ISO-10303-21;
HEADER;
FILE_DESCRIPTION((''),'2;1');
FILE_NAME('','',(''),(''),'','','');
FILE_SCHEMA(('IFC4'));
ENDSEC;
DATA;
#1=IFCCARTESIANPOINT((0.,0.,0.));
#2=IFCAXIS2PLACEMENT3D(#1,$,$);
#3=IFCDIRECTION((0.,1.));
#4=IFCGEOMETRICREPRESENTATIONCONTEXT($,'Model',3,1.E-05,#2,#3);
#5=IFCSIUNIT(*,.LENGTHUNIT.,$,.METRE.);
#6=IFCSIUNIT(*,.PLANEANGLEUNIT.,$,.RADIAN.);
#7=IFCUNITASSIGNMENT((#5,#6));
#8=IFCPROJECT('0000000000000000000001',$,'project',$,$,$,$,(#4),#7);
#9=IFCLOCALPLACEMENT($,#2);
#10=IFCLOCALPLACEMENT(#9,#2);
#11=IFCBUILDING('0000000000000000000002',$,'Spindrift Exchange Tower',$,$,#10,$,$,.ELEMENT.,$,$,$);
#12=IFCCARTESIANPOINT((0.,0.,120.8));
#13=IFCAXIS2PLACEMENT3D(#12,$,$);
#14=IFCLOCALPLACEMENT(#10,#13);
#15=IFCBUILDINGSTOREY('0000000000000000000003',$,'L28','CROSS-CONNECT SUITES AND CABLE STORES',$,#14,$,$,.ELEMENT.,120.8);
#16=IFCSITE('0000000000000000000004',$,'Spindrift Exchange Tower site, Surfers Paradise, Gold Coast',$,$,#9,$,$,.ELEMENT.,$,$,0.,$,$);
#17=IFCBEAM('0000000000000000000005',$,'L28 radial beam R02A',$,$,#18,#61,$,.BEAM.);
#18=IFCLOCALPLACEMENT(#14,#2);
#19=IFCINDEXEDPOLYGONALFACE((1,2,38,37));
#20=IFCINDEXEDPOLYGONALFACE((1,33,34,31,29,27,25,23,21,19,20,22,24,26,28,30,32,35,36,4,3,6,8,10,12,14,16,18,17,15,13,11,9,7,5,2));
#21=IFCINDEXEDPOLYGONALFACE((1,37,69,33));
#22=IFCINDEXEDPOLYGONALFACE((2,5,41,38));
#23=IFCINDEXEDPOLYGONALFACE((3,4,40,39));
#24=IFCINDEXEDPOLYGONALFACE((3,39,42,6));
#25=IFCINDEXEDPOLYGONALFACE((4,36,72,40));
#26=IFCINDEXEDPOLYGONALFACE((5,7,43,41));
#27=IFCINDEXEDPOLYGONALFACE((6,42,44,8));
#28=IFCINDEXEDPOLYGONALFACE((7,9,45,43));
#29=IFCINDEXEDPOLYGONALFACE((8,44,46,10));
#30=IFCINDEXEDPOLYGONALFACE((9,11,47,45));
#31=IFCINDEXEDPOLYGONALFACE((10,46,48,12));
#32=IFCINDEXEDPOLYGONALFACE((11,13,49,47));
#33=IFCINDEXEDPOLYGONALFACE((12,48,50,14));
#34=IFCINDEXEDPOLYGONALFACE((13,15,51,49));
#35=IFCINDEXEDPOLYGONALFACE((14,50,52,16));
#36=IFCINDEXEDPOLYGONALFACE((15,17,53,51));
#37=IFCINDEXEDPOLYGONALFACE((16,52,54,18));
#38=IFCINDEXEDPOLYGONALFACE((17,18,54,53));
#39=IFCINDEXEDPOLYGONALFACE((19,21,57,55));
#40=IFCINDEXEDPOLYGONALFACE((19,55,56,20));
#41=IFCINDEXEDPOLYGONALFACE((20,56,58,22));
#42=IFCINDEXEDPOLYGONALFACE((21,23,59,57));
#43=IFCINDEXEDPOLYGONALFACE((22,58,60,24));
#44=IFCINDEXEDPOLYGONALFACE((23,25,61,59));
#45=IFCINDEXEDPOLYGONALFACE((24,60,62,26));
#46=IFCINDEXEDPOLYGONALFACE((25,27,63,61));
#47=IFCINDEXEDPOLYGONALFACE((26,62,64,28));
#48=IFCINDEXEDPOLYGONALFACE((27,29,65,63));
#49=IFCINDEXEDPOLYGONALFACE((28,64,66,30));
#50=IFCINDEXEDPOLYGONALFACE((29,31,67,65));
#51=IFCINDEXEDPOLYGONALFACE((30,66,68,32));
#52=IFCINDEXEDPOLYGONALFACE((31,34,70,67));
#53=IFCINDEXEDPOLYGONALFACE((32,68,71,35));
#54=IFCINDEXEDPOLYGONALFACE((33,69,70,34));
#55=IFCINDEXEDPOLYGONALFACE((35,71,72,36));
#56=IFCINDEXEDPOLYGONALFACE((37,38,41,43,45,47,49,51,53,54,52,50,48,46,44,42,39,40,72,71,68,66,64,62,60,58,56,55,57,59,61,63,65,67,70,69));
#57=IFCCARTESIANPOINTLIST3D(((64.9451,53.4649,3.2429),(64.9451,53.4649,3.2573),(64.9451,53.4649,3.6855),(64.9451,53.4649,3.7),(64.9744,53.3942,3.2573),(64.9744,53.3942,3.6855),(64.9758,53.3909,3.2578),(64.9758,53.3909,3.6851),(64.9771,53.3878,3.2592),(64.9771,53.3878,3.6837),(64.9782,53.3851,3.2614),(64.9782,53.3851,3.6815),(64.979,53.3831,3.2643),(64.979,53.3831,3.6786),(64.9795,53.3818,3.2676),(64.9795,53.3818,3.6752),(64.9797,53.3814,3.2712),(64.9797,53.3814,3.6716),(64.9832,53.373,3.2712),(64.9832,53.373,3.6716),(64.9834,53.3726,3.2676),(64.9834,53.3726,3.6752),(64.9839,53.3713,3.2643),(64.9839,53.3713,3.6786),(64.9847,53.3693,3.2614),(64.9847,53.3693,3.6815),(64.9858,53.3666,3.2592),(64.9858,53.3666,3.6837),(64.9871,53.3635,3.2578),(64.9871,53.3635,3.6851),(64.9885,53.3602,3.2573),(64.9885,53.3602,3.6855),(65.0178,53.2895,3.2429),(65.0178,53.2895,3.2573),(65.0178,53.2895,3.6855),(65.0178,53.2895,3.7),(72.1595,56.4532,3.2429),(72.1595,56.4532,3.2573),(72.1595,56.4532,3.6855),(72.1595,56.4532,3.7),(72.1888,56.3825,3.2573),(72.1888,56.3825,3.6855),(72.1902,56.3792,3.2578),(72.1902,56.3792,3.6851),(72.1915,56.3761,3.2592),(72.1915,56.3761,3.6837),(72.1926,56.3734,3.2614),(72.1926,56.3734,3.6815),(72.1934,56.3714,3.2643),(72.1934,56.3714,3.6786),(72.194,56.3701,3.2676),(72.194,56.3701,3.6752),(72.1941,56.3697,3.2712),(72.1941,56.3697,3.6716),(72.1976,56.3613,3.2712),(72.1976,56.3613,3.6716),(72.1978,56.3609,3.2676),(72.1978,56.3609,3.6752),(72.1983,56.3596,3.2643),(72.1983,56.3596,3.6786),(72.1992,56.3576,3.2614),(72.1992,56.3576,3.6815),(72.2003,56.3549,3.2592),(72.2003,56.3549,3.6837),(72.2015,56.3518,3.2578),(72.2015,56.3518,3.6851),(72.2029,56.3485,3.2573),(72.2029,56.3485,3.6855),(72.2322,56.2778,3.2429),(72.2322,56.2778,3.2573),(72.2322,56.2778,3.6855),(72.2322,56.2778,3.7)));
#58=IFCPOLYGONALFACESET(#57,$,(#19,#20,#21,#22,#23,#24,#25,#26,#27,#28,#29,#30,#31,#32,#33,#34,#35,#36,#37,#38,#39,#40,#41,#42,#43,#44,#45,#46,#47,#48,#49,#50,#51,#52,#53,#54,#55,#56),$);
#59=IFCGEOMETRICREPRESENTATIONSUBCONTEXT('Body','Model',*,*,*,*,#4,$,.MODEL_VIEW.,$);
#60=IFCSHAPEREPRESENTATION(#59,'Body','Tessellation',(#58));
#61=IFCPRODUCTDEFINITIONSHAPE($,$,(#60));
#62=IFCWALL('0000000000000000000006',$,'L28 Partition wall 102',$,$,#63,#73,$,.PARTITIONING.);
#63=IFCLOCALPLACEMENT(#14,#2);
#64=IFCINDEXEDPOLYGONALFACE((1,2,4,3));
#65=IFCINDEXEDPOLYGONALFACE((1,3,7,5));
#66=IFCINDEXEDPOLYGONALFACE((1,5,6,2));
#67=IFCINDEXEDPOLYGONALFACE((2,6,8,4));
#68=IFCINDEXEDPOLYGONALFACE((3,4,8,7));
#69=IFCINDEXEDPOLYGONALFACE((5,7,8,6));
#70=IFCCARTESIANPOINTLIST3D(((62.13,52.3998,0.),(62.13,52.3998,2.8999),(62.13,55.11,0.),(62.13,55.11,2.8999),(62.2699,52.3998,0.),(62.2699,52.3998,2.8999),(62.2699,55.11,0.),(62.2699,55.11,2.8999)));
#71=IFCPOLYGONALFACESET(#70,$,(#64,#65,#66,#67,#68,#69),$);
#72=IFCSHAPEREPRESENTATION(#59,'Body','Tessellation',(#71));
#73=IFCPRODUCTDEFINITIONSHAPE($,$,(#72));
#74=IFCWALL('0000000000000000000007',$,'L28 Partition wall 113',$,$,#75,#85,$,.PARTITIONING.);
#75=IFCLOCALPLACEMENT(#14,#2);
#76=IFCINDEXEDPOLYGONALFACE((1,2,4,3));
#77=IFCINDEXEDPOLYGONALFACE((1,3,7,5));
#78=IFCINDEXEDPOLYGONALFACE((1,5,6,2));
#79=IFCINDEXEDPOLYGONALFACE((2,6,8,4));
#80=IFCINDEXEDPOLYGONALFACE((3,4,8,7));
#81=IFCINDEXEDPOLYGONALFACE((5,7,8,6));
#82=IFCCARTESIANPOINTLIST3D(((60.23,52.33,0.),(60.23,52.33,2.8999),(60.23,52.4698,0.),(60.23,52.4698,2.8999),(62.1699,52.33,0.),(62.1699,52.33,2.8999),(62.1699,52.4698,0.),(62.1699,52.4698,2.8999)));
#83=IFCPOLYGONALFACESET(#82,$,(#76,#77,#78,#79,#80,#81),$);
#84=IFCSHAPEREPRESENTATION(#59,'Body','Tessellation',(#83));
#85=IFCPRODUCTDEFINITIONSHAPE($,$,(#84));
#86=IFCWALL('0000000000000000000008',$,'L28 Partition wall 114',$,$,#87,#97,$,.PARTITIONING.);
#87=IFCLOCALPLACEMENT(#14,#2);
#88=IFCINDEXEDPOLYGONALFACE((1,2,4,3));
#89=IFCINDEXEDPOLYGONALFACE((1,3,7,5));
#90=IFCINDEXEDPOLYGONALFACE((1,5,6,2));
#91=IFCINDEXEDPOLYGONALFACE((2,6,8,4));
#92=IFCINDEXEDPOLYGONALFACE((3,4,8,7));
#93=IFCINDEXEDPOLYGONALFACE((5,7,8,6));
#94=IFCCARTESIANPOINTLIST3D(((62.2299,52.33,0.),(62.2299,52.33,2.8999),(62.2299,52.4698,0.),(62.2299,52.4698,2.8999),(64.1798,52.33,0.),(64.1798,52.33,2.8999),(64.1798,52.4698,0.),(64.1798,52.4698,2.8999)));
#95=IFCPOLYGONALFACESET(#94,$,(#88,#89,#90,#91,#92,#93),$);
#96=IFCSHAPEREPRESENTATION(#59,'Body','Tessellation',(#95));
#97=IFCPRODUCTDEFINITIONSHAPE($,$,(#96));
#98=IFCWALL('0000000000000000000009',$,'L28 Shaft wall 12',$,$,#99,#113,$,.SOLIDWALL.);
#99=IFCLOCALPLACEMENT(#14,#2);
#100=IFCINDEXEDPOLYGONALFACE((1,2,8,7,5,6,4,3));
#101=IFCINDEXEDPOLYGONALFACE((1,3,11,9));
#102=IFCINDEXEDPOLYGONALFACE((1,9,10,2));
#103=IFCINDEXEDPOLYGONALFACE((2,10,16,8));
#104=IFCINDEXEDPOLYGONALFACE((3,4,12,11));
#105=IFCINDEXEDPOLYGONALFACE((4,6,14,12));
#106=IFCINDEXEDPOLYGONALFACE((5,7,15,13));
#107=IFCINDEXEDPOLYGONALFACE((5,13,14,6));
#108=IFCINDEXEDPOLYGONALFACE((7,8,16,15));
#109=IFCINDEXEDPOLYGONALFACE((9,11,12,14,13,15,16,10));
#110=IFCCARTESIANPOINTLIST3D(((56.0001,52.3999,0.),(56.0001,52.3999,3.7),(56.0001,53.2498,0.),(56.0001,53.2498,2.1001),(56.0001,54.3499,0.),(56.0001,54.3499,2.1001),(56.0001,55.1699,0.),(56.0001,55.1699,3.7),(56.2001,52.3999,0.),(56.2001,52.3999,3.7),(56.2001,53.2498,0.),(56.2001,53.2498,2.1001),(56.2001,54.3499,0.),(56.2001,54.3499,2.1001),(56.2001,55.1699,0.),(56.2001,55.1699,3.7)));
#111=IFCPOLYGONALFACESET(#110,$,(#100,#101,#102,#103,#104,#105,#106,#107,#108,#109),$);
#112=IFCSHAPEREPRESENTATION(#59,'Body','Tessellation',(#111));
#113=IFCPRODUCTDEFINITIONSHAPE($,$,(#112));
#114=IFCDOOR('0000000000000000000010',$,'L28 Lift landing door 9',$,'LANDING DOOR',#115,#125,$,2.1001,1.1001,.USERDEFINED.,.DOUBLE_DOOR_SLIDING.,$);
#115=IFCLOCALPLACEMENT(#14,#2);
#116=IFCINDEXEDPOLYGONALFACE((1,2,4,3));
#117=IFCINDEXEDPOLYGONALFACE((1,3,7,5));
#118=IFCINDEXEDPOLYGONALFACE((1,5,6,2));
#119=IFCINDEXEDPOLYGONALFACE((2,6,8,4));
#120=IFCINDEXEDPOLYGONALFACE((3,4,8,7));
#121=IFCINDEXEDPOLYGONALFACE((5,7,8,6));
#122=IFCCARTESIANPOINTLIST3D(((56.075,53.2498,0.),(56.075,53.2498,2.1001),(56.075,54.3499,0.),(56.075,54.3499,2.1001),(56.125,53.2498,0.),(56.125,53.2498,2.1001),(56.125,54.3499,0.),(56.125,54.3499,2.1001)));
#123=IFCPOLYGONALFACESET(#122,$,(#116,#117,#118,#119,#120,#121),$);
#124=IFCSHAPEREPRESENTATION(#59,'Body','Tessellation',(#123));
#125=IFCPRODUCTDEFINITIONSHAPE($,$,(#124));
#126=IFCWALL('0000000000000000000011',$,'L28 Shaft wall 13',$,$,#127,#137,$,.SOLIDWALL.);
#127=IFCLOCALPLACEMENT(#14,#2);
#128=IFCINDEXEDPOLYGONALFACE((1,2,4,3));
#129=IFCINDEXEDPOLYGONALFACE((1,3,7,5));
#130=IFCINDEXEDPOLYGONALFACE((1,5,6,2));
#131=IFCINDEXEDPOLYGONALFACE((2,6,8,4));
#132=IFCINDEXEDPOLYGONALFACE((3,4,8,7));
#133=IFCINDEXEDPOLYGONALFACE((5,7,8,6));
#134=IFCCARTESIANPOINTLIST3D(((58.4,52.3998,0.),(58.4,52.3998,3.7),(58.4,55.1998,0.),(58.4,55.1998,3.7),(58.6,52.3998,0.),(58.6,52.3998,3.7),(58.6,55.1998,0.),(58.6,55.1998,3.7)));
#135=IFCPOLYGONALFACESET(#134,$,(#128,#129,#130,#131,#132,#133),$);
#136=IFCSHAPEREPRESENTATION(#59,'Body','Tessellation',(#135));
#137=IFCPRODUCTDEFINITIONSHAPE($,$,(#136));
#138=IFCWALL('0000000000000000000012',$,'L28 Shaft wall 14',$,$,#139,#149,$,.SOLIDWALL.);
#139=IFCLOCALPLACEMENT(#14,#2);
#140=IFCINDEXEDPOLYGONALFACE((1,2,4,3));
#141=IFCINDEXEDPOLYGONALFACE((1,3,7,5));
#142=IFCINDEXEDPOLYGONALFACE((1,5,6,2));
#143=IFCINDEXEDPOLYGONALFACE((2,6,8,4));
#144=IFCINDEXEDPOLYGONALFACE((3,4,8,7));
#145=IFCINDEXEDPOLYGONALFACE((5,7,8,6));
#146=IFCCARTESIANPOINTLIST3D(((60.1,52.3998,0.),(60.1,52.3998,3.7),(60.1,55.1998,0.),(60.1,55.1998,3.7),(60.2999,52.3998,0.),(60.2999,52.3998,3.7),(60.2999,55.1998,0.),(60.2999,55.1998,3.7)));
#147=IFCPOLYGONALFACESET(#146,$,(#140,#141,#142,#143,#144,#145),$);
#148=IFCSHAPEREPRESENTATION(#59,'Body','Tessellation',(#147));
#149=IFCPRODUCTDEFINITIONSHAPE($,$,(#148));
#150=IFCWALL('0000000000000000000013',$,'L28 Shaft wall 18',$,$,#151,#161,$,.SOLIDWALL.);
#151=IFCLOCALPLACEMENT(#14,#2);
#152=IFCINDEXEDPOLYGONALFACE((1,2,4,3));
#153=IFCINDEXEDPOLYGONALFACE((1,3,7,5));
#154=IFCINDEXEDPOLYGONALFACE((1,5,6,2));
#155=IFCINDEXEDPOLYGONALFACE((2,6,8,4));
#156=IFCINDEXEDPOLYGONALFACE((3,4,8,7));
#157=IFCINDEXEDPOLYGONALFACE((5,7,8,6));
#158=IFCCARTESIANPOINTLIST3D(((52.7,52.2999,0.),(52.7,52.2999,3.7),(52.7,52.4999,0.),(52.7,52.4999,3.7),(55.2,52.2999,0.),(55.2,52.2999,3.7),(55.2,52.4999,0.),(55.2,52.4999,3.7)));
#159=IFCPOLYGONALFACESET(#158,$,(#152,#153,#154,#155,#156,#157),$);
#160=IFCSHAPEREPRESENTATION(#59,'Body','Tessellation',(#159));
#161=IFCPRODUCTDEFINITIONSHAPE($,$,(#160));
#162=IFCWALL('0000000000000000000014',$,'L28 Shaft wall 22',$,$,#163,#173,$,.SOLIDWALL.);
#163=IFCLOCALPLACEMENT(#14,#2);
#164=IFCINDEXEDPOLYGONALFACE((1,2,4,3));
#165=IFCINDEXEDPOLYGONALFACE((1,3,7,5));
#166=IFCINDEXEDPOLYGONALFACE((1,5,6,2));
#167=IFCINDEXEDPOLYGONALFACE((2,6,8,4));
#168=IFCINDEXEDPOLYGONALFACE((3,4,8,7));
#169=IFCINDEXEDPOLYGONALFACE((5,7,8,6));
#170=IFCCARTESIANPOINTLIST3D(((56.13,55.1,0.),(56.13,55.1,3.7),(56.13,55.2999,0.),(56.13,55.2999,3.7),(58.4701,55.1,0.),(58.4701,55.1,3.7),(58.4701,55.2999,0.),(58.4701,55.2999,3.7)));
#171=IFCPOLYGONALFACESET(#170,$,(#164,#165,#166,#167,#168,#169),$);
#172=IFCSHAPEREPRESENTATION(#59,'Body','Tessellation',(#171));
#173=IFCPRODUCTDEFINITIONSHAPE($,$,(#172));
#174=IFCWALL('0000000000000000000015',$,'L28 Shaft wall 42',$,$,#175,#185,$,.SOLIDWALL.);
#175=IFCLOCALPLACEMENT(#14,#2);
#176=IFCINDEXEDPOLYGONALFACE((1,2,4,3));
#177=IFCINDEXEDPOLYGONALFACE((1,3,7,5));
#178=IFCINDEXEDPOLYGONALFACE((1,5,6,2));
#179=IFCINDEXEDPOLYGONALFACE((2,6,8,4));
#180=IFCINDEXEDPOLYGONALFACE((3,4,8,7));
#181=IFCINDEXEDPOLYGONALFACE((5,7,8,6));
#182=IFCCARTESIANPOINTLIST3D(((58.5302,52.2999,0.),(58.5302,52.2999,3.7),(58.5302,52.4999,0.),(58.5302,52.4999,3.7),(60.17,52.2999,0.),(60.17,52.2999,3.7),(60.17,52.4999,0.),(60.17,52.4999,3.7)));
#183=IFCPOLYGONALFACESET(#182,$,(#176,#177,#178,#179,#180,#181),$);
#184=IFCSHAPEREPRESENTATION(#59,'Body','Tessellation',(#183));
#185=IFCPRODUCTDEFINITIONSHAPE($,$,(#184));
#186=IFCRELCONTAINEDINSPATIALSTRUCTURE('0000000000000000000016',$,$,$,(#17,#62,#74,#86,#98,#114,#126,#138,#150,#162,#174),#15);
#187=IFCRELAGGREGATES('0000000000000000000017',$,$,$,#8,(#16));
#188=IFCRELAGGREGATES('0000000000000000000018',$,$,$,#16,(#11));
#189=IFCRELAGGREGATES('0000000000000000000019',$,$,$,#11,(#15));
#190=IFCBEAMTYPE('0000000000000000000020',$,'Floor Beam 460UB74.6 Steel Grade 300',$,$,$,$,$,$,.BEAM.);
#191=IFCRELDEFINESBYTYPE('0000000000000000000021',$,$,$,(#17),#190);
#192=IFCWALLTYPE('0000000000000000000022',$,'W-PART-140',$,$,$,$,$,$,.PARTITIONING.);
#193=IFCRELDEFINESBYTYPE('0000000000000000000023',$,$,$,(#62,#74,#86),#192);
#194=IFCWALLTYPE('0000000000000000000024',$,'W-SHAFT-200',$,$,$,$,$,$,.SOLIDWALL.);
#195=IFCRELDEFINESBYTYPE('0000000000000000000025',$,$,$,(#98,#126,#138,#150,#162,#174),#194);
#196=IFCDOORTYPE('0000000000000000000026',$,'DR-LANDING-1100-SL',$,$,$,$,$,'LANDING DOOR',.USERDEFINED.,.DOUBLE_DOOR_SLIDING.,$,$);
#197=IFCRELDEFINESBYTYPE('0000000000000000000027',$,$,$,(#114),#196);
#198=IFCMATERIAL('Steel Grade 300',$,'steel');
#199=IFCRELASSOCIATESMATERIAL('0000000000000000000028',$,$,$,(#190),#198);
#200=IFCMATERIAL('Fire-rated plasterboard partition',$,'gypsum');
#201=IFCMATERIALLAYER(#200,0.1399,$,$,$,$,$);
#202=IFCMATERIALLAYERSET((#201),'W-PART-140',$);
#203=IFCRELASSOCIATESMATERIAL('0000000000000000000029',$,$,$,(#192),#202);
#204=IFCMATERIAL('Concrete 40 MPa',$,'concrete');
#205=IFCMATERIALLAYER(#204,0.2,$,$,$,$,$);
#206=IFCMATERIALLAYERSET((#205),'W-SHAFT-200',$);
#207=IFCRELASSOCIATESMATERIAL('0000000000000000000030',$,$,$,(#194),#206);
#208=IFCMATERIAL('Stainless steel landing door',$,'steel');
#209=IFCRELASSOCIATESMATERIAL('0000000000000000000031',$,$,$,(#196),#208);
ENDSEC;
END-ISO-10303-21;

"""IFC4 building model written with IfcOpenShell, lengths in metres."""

from ifc_helpers import new_model, si_unit, direction, frame, frame_2d, origin, origin_2d, place, context, subcontext, project, spatial, rectangle, i_section, extrude, source, transform, mapped, material, layer, layer_set, material_profile, profile_set, type_object, element, fill, save


model = new_model("IFC4")

# Units and contexts
model_context = context("Model", 3, precision=1e-05, world=origin(), true_north=direction((0.0, 1.0)))
body_context = subcontext(model_context, "Body", "Model", "MODEL_VIEW")
ifc_project = project(units=[si_unit("LENGTHUNIT", "METRE"), si_unit("PLANEANGLEUNIT", "RADIAN")], contexts=[model_context])

# Site, building, storey
site_placement = place(None, origin())
site = spatial("IfcSite", under=ifc_project, at=site_placement, Name="Spindrift Exchange Tower site, Surfers Paradise, Gold Coast", CompositionType="ELEMENT", RefElevation=0.0)
building_placement = place(site_placement, origin())
building = spatial("IfcBuilding", under=site, at=building_placement, Name="Spindrift Exchange Tower", CompositionType="ELEMENT")
storey_placement = place(building_placement, frame((0.0, 0.0, 120.8)))
storey = spatial("IfcBuildingStorey", under=building, at=storey_placement, Name="L28", Description="CROSS-CONNECT SUITES AND CABLE STORES", CompositionType="ELEMENT", Elevation=120.8)

# Beam
ifc_material_1 = material(Name="Steel Grade 300", Category="steel")
ifc_material_profile = material_profile(ifc_material_1, i_section(OverallWidth=0.1899, OverallDepth=0.457, WebThickness=0.009, FlangeThickness=0.0144, FilletRadius=0.0139, at=origin_2d()), Name="460UB74.6")
ifc_profile_set = profile_set([ifc_material_profile], Name="Steel Grade 300")
beam_type = type_object("IfcBeamType", Name="Floor Beam 460UB74.6 Steel Grade 300", PredefinedType="BEAM", material=ifc_profile_set)
shared_shape_1 = source(origin(), body_context, "Body", "SweptSolid", [
    extrude(i_section(OverallWidth=0.1899, OverallDepth=0.457, WebThickness=0.009, FlangeThickness=0.0144, FilletRadius=0.0139, at=origin_2d()), origin(), (0.0, 0.0, 1.0), 7.8088),
])
beam_placement = place(storey_placement, frame((64.9814, 53.3772, 3.4714), z_axis=(0.92388, 0.382683, 0.0), x_axis=(-0.382683, 0.92388, 0.0)))
element("IfcBeam", 1, at=beam_placement, inside=storey, type_object=beam_type, Name="L28 radial beam R02A", PredefinedType="BEAM", context=body_context, shape_type="MappedRepresentation", body=[
    mapped(shared_shape_1, transform((0.0, 0.0, 0.0), scale=1.0)),
])

# Walls
ifc_material_2 = material(Name="Fire-rated plasterboard partition", Category="gypsum")
ifc_layer_1 = layer(ifc_material_2, 0.1399)
ifc_layer_set_1 = layer_set([ifc_layer_1], Name="W-PART-140")
wall_type_1 = type_object("IfcWallType", Name="W-PART-140", PredefinedType="PARTITIONING", material=ifc_layer_set_1)
wall_1_placement = place(storey_placement, frame((62.2, 52.3999, 0.0), z_axis=(0.0, 0.0, 1.0), x_axis=(0.0, 1.0, 0.0)))
element("IfcWall", 2, at=wall_1_placement, inside=storey, type_object=wall_type_1, Name="L28 Partition wall 102", PredefinedType="PARTITIONING", context=body_context, shape_type="SweptSolid", body=[
    extrude(rectangle(XDim=2.7102, YDim=0.1399, at=frame_2d((1.355, 0.0))), origin(), (0.0, 0.0, 1.0), 2.8999),
])
wall_2_placement = place(storey_placement, frame((62.1699, 52.3999, 0.0), z_axis=(0.0, 0.0, 1.0), x_axis=(-1.0, 0.0, 0.0)))
element("IfcWall", 3, at=wall_2_placement, inside=storey, type_object=wall_type_1, Name="L28 Partition wall 113", PredefinedType="PARTITIONING", context=body_context, shape_type="SweptSolid", body=[
    extrude(rectangle(XDim=1.9399, YDim=0.1399, at=frame_2d((0.97, 0.0))), origin(), (0.0, 0.0, 1.0), 2.8999),
])
wall_3_placement = place(storey_placement, frame((64.1799, 52.3999, 0.0), z_axis=(0.0, 0.0, 1.0), x_axis=(-1.0, 0.0, 0.0)))
element("IfcWall", 4, at=wall_3_placement, inside=storey, type_object=wall_type_1, Name="L28 Partition wall 114", PredefinedType="PARTITIONING", context=body_context, shape_type="SweptSolid", body=[
    extrude(rectangle(XDim=1.95, YDim=0.1399, at=frame_2d((0.9751, 0.0))), origin(), (0.0, 0.0, 1.0), 2.8999),
])

# Wall, opening, door
ifc_material_3 = material(Name="Concrete 40 MPa", Category="concrete")
ifc_layer_2 = layer(ifc_material_3, 0.2)
ifc_layer_set_2 = layer_set([ifc_layer_2], Name="W-SHAFT-200")
wall_type_2 = type_object("IfcWallType", Name="W-SHAFT-200", PredefinedType="SOLIDWALL", material=ifc_layer_set_2)
wall_4_placement = place(storey_placement, frame((56.1001, 55.1699, 0.0), z_axis=(0.0, 0.0, 1.0), x_axis=(0.0, -1.0, 0.0)))
wall_4 = element("IfcWall", 5, at=wall_4_placement, inside=storey, type_object=wall_type_2, Name="L28 Shaft wall 12", PredefinedType="SOLIDWALL", context=body_context, shape_type="SweptSolid", body=[
    extrude(rectangle(XDim=2.77, YDim=0.2, at=frame_2d((1.385, 0.0))), origin(), (0.0, 0.0, 1.0), 3.7),
])
opening_1_placement = place(wall_4_placement, frame((0.8201, 0.0, 0.0)))
opening_1 = element("IfcOpeningElement", 6, at=opening_1_placement, cuts=wall_4, PredefinedType="OPENING", context=body_context, shape_type="SweptSolid", body=[
    extrude(rectangle(XDim=1.1001, YDim=2.1001, at=frame_2d((0.55, 1.05))), frame((0.0, 0.1099, 0.0), z_axis=(0.0, -1.0, 0.0), x_axis=(1.0, 0.0, 0.0)), (0.0, 0.0, 1.0), 0.22),
])
ifc_material_4 = material(Name="Stainless steel landing door", Category="steel")
door_type_1 = type_object("IfcDoorType", Name="DR-LANDING-1100-SL", ElementType="LANDING DOOR", OperationType="DOUBLE_DOOR_SLIDING", PredefinedType="USERDEFINED", material=ifc_material_4)
shared_shape_2 = source(origin(), body_context, "Body", "SweptSolid", [
    extrude(rectangle(XDim=1.1001, YDim=2.1001, at=frame_2d((0.55, 1.05))), frame((0.0, 0.0249, 0.0), z_axis=(0.0, -1.0, 0.0), x_axis=(1.0, 0.0, 0.0)), (0.0, 0.0, 1.0), 0.05),
])
door_1_placement = place(opening_1_placement, origin())
door_1 = element("IfcDoor", 7, at=door_1_placement, inside=storey, type_object=door_type_1, Name="L28 Lift landing door 9", ObjectType="LANDING DOOR", OperationType="DOUBLE_DOOR_SLIDING", OverallHeight=2.1001, OverallWidth=1.1001, PredefinedType="USERDEFINED", context=body_context, shape_type="MappedRepresentation", body=[
    mapped(shared_shape_2, transform((0.0, 0.0, 0.0), scale=1.0)),
])
fill(opening_1, door_1)

# Walls
for number, where, z_axis, x_axis, name in (
    (8, (58.5, 52.3999, 0.0), (0.0, 0.0, 1.0), (0.0, 1.0, 0.0), "L28 Shaft wall 13"),
    (9, (60.2, 52.3999, 0.0), (0.0, 0.0, 1.0), (0.0, 1.0, 0.0), "L28 Shaft wall 14"),
):
    element("IfcWall", number, at=place(storey_placement, frame(where, z_axis=z_axis, x_axis=x_axis)), inside=storey, type_object=wall_type_2, Name=name, PredefinedType="SOLIDWALL", context=body_context, shape_type="SweptSolid", body=[
        extrude(rectangle(XDim=2.8, YDim=0.2, at=frame_2d((1.3999, 0.0))), origin(), (0.0, 0.0, 1.0), 3.7),
    ])
wall_5_placement = place(storey_placement, frame((55.2, 52.3999, 0.0), z_axis=(0.0, 0.0, 1.0), x_axis=(-1.0, 0.0, 0.0)))
element("IfcWall", 10, at=wall_5_placement, inside=storey, type_object=wall_type_2, Name="L28 Shaft wall 18", PredefinedType="SOLIDWALL", context=body_context, shape_type="SweptSolid", body=[
    extrude(rectangle(XDim=2.5, YDim=0.2, at=frame_2d((1.25, 0.0))), origin(), (0.0, 0.0, 1.0), 3.7),
])
wall_6_placement = place(storey_placement, frame((58.47, 55.2, 0.0), z_axis=(0.0, 0.0, 1.0), x_axis=(-1.0, 0.0, 0.0)))
element("IfcWall", 11, at=wall_6_placement, inside=storey, type_object=wall_type_2, Name="L28 Shaft wall 22", PredefinedType="SOLIDWALL", context=body_context, shape_type="SweptSolid", body=[
    extrude(rectangle(XDim=2.3401, YDim=0.2, at=frame_2d((1.1699, 0.0))), origin(), (0.0, 0.0, 1.0), 3.7),
])
wall_7_placement = place(storey_placement, frame((60.1699, 52.3999, 0.0), z_axis=(0.0, 0.0, 1.0), x_axis=(-1.0, 0.0, 0.0)))
element("IfcWall", 12, at=wall_7_placement, inside=storey, type_object=wall_type_2, Name="L28 Shaft wall 42", PredefinedType="SOLIDWALL", context=body_context, shape_type="SweptSolid", body=[
    extrude(rectangle(XDim=1.6399, YDim=0.2, at=frame_2d((0.8198, 0.0))), origin(), (0.0, 0.0, 1.0), 3.7),
])

save(model, "model.ifc")
